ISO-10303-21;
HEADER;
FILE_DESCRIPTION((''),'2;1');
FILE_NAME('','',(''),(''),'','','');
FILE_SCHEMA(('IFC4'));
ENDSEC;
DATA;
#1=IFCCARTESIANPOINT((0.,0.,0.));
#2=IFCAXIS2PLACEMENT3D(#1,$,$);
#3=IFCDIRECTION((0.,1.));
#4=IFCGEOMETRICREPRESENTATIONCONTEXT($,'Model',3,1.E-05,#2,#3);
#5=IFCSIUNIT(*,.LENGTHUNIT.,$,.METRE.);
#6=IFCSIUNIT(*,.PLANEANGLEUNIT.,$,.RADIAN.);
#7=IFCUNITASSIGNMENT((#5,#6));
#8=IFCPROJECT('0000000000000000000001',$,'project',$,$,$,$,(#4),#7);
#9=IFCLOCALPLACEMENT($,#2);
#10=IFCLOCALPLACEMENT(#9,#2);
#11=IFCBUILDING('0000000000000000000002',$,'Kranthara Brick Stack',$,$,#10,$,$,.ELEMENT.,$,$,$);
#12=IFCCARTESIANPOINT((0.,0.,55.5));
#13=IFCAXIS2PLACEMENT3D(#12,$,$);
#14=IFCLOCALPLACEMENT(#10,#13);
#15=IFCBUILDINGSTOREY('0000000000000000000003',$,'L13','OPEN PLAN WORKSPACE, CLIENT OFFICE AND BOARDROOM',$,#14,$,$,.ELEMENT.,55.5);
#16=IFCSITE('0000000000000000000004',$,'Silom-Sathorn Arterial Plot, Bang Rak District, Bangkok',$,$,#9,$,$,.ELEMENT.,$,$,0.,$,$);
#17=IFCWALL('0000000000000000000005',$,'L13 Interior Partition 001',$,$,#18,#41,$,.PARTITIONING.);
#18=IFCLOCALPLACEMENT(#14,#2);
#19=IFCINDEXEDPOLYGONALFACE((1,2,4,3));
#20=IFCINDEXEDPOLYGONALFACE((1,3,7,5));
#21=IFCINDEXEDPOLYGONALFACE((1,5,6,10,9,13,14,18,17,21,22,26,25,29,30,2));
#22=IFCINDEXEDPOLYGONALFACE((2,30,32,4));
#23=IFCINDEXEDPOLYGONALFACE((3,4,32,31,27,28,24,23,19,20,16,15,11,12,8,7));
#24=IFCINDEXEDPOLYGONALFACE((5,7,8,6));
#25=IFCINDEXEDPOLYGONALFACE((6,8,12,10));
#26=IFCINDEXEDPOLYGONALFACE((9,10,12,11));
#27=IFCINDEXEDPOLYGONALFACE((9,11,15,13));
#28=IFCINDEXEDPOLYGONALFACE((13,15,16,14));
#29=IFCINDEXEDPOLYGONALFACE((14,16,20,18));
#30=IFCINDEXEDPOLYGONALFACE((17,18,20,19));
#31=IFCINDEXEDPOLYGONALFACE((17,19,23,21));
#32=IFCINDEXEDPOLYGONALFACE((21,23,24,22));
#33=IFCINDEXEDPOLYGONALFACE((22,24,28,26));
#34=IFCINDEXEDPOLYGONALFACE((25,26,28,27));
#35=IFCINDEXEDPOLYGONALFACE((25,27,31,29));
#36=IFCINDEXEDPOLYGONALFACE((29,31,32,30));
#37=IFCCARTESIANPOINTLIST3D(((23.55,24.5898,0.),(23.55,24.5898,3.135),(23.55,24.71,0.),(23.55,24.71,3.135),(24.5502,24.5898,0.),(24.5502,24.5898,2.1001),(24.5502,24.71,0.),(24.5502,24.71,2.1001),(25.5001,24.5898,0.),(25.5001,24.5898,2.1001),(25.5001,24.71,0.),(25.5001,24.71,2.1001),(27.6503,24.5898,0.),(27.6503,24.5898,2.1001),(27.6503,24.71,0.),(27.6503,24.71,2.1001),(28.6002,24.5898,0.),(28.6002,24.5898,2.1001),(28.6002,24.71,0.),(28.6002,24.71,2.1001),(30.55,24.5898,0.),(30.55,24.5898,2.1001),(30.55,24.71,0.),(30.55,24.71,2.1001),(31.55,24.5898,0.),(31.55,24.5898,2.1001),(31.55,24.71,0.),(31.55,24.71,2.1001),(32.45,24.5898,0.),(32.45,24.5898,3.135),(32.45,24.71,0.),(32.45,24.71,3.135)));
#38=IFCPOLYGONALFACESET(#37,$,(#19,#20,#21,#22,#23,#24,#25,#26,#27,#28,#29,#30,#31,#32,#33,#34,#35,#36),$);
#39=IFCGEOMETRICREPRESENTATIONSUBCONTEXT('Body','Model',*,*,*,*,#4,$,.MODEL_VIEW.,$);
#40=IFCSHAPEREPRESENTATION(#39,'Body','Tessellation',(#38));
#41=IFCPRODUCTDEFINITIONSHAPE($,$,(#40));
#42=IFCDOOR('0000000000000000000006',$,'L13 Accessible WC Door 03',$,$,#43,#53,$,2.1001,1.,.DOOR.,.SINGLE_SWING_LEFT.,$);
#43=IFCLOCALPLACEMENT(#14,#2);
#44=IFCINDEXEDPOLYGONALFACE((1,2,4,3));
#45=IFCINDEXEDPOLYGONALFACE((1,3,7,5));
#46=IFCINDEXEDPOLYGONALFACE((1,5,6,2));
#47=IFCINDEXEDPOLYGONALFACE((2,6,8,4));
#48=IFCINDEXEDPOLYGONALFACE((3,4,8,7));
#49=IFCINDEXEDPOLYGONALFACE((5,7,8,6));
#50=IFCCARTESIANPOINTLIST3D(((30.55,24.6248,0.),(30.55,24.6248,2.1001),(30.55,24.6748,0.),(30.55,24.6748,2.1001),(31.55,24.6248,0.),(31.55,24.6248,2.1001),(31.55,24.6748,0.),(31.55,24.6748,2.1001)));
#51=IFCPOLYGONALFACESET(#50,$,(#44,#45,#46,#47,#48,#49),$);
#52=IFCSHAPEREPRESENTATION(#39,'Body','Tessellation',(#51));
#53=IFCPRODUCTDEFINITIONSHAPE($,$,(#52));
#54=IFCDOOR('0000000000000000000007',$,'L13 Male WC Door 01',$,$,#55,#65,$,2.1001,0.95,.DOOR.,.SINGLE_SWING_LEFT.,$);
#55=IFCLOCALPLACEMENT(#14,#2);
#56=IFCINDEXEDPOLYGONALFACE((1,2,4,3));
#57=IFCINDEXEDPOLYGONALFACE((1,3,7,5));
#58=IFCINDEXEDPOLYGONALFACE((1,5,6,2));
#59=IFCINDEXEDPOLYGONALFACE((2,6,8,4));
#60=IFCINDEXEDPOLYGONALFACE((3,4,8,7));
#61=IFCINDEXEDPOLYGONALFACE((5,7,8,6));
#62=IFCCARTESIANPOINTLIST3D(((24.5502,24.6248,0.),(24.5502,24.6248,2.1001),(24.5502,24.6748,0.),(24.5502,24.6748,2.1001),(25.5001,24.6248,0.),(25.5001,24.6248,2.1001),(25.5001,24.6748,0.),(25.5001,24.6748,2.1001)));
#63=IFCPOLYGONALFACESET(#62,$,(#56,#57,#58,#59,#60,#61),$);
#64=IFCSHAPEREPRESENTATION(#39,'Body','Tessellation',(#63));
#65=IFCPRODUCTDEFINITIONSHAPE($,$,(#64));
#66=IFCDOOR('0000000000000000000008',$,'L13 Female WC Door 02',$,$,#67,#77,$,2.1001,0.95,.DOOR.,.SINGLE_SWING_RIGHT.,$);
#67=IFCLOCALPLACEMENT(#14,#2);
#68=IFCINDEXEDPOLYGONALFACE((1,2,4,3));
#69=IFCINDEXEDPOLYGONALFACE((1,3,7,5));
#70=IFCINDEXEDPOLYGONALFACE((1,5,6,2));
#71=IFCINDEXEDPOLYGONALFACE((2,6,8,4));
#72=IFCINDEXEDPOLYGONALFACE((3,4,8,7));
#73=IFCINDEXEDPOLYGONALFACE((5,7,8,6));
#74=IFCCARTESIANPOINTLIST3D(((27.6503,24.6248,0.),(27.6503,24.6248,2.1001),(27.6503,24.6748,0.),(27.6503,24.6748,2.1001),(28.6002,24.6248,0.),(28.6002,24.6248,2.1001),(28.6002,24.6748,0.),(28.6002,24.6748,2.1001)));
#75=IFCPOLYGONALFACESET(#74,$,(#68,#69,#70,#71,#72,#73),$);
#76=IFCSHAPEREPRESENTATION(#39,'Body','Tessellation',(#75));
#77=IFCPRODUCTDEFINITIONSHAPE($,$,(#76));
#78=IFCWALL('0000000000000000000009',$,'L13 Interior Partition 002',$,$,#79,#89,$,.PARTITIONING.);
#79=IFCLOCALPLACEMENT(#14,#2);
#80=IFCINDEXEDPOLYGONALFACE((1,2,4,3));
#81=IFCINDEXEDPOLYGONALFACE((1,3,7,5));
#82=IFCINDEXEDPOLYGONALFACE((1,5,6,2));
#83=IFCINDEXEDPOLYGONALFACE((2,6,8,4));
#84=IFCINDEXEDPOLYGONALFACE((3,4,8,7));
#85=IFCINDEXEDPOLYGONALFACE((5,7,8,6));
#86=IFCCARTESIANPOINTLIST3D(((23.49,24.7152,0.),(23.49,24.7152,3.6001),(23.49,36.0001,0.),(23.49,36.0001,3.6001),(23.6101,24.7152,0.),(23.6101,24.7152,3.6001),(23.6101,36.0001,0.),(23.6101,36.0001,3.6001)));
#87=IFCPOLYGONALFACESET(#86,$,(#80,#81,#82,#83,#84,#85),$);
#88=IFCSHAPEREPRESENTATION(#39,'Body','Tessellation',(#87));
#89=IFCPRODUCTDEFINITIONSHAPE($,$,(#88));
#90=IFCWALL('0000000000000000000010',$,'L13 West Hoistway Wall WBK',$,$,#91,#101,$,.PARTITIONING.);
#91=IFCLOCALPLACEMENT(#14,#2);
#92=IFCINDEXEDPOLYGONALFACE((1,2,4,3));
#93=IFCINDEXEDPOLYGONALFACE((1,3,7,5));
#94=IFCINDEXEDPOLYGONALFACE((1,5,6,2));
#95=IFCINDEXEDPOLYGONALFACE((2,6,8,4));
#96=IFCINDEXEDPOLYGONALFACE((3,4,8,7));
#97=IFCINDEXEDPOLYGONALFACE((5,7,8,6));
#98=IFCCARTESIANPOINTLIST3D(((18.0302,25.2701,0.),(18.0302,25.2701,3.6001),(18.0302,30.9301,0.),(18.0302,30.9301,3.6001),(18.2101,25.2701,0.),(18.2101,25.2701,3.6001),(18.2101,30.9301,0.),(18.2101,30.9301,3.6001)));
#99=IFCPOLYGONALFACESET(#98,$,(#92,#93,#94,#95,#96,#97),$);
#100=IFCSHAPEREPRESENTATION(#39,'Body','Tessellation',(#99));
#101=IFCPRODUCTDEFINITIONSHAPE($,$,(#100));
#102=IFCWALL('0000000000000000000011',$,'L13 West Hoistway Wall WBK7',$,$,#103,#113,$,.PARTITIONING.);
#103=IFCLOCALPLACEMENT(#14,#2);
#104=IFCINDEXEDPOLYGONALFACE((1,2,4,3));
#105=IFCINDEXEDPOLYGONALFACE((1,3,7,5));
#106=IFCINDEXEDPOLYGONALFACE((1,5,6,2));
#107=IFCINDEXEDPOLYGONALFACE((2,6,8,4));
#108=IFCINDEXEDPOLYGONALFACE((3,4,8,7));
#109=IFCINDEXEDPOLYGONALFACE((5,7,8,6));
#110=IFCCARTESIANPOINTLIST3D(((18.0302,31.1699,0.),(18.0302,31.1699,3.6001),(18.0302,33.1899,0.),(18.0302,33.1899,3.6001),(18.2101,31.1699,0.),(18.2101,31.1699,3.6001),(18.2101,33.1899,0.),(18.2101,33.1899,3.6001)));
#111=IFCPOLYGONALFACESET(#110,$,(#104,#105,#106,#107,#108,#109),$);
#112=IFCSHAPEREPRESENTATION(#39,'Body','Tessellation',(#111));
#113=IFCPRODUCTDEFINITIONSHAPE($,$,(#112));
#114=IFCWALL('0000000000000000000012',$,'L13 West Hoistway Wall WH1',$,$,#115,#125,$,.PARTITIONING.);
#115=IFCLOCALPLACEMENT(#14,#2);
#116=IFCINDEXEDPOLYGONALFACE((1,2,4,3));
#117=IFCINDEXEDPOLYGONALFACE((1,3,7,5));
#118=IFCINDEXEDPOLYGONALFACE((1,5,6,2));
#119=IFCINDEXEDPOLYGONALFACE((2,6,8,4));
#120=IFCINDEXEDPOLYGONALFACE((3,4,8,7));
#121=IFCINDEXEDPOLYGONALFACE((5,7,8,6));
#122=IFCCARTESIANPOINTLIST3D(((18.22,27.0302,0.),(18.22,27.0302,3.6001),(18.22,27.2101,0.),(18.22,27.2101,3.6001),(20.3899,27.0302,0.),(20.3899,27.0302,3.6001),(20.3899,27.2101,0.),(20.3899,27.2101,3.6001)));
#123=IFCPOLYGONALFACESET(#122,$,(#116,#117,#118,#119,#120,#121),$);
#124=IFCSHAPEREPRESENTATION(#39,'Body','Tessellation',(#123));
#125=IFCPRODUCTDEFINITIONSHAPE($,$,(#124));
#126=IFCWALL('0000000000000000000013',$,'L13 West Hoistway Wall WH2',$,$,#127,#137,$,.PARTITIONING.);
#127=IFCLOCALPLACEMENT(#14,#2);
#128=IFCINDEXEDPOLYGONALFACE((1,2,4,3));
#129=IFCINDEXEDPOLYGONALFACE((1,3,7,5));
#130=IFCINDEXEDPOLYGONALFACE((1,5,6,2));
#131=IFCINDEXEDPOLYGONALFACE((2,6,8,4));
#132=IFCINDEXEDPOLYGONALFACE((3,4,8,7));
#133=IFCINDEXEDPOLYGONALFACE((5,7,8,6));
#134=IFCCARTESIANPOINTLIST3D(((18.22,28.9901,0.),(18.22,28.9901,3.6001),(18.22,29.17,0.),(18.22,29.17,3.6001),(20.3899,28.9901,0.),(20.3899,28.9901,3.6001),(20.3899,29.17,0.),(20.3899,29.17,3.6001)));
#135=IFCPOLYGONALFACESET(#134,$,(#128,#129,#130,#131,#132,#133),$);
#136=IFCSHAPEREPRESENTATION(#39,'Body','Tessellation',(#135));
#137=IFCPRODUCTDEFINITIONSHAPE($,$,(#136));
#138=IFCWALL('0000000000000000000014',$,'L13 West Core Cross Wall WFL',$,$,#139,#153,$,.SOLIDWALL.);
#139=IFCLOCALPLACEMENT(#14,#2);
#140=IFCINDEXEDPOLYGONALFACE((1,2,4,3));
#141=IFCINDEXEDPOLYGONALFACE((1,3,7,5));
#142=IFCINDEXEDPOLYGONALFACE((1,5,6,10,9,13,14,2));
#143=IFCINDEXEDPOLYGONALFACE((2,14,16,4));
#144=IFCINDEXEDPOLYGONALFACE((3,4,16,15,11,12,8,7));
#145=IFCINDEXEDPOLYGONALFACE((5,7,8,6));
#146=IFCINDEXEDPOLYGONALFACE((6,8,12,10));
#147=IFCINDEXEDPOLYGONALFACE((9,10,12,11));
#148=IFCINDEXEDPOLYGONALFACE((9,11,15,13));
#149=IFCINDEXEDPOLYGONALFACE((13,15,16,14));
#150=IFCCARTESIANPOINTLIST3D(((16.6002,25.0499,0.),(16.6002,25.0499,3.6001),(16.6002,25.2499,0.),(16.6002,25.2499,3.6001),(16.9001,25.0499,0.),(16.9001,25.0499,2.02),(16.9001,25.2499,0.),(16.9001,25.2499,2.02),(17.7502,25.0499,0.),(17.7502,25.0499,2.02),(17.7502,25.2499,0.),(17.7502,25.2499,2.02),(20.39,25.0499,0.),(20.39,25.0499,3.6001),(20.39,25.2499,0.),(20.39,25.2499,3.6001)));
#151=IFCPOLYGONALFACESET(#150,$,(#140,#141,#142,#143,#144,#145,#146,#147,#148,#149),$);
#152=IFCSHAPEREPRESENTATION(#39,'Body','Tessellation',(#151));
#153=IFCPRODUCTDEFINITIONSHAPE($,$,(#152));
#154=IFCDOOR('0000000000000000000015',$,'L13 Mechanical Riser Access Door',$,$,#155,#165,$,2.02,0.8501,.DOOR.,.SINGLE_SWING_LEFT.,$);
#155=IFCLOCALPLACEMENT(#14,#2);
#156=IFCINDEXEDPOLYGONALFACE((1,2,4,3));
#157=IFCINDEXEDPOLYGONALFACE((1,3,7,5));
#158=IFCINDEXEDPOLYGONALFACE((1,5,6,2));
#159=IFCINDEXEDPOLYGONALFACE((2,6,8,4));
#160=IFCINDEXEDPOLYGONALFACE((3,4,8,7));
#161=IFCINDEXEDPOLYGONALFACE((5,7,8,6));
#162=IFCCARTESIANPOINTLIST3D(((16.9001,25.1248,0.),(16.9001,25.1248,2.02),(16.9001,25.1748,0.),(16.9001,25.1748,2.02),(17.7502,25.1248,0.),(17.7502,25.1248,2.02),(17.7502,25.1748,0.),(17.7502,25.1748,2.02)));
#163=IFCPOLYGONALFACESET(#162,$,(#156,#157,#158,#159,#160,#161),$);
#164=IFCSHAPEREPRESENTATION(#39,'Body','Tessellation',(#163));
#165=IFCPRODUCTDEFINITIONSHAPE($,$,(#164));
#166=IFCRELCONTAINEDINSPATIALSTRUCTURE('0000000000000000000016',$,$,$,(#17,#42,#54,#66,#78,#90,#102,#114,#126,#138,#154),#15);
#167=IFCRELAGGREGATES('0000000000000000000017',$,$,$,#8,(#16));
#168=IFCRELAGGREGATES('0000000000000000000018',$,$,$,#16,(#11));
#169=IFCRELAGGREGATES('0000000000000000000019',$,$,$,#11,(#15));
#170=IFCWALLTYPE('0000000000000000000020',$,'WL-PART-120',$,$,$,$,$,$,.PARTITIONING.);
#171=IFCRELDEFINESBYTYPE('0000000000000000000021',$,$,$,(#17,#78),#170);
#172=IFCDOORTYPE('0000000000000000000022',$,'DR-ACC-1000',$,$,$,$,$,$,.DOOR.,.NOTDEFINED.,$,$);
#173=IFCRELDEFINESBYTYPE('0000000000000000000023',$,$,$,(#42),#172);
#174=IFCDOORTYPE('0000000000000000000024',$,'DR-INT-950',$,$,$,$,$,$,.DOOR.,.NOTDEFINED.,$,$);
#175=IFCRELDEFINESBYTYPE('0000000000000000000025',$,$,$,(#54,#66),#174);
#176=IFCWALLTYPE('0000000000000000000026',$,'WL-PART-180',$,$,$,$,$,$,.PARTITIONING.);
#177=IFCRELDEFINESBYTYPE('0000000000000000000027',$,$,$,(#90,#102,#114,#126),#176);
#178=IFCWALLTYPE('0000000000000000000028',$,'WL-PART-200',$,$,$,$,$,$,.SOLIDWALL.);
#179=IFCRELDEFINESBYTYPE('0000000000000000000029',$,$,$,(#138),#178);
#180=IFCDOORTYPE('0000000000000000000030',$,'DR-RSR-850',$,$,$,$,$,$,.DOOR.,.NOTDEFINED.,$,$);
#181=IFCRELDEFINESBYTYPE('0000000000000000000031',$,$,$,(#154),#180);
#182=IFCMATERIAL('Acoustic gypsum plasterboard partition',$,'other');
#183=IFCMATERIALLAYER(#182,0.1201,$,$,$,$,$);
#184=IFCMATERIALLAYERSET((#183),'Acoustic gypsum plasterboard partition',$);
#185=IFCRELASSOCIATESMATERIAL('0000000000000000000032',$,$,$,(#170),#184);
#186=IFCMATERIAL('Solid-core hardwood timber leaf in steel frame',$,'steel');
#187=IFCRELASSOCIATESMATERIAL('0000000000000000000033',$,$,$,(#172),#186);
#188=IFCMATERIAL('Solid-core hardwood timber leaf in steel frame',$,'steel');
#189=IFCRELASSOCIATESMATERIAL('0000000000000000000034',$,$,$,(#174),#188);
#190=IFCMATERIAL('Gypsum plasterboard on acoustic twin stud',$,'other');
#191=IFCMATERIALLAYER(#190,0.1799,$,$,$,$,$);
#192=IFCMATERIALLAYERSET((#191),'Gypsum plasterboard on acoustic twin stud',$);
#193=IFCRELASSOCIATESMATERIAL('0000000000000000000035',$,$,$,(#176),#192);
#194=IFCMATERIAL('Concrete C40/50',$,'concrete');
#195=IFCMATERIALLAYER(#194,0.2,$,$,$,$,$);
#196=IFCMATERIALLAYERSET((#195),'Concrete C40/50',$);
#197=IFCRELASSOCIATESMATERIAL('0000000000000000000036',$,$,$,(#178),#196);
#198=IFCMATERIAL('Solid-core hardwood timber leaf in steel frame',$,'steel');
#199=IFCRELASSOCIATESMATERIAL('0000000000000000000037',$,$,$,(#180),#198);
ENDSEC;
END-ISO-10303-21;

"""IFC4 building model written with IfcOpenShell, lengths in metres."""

from ifc_helpers import new_model, si_unit, direction, frame, frame_2d, origin, place, context, subcontext, project, spatial, rectangle, extrude, material, layer, layer_set, type_object, element, fill, save


model = new_model("IFC4")

# Units and contexts
model_context = context("Model", 3, precision=1e-05, world=origin(), true_north=direction((0.0, 1.0)))
body_context = subcontext(model_context, "Body", "Model", "MODEL_VIEW")
ifc_project = project(units=[si_unit("LENGTHUNIT", "METRE"), si_unit("PLANEANGLEUNIT", "RADIAN")], contexts=[model_context])

# Site, building, storey
site_placement = place(None, origin())
site = spatial("IfcSite", under=ifc_project, at=site_placement, Name="Silom-Sathorn Arterial Plot, Bang Rak District, Bangkok", CompositionType="ELEMENT", RefElevation=0.0)
building_placement = place(site_placement, origin())
building = spatial("IfcBuilding", under=site, at=building_placement, Name="Kranthara Brick Stack", CompositionType="ELEMENT")
storey_placement = place(building_placement, frame((0.0, 0.0, 55.5)))
storey = spatial("IfcBuildingStorey", under=building, at=storey_placement, Name="L13", Description="OPEN PLAN WORKSPACE, CLIENT OFFICE AND BOARDROOM", CompositionType="ELEMENT", Elevation=55.5)

# Wall, openings, doors
ifc_material_1 = material(Name="Acoustic gypsum plasterboard partition", Category="other")
ifc_layer_1 = layer(ifc_material_1, 0.1201)
ifc_layer_set_1 = layer_set([ifc_layer_1], Name="Acoustic gypsum plasterboard partition")
wall_type_1 = type_object("IfcWallType", Name="WL-PART-120", PredefinedType="PARTITIONING", material=ifc_layer_set_1)
wall_1_placement = place(storey_placement, frame((23.55, 24.6499, 0.0), z_axis=(0.0, 0.0, 1.0), x_axis=(1.0, 0.0, 0.0)))
wall_1 = element("IfcWall", 1, at=wall_1_placement, inside=storey, type_object=wall_type_1, Name="L13 Interior Partition 001", PredefinedType="PARTITIONING", context=body_context, shape_type="SweptSolid", body=[
    extrude(rectangle(XDim=8.8999, YDim=0.1201, at=frame_2d((4.45, 0.0))), origin(), (0.0, 0.0, 1.0), 3.135),
])
opening_1_placement = place(wall_1_placement, frame((1.0, 0.0, 0.0)))
opening_1 = element("IfcOpeningElement", 2, at=opening_1_placement, cuts=wall_1, PredefinedType="OPENING", context=body_context, shape_type="SweptSolid", body=[
    extrude(rectangle(XDim=0.95, YDim=2.1001, at=frame_2d((0.4751, 1.05))), frame((0.0, 0.0701, 0.0), z_axis=(0.0, -1.0, 0.0), x_axis=(1.0, 0.0, 0.0)), (0.0, 0.0, 1.0), 0.1401),
])
opening_2_placement = place(wall_1_placement, frame((4.1001, 0.0, 0.0)))
opening_2 = element("IfcOpeningElement", 3, at=opening_2_placement, cuts=wall_1, PredefinedType="OPENING", context=body_context, shape_type="SweptSolid", body=[
    extrude(rectangle(XDim=0.95, YDim=2.1001, at=frame_2d((0.4751, 1.05))), frame((0.0, 0.0701, 0.0), z_axis=(0.0, -1.0, 0.0), x_axis=(1.0, 0.0, 0.0)), (0.0, 0.0, 1.0), 0.1401),
])
opening_3_placement = place(wall_1_placement, frame((7.0, 0.0, 0.0)))
opening_3 = element("IfcOpeningElement", 4, at=opening_3_placement, cuts=wall_1, PredefinedType="OPENING", context=body_context, shape_type="SweptSolid", body=[
    extrude(rectangle(XDim=1.0, YDim=2.1001, at=frame_2d((0.5, 1.05))), frame((0.0, 0.0701, 0.0), z_axis=(0.0, -1.0, 0.0), x_axis=(1.0, 0.0, 0.0)), (0.0, 0.0, 1.0), 0.1401),
])
ifc_material_2 = material(Name="Solid-core hardwood timber leaf in steel frame", Category="steel")
door_type_1 = type_object("IfcDoorType", Name="DR-ACC-1000", OperationType="NOTDEFINED", PredefinedType="DOOR", material=ifc_material_2)
door_1_placement = place(opening_3_placement, origin())
door_1 = element("IfcDoor", 5, at=door_1_placement, inside=storey, type_object=door_type_1, Name="L13 Accessible WC Door 03", OperationType="SINGLE_SWING_LEFT", OverallHeight=2.1001, OverallWidth=1.0, PredefinedType="DOOR", context=body_context, shape_type="SweptSolid", body=[
    extrude(rectangle(XDim=1.0, YDim=2.1001, at=frame_2d((0.5, 1.05))), frame((0.0, 0.0249, 0.0), z_axis=(0.0, -1.0, 0.0), x_axis=(1.0, 0.0, 0.0)), (0.0, 0.0, 1.0), 0.05),
])
fill(opening_3, door_1)
ifc_material_3 = material(Name="Solid-core hardwood timber leaf in steel frame", Category="steel")
door_type_2 = type_object("IfcDoorType", Name="DR-INT-950", OperationType="NOTDEFINED", PredefinedType="DOOR", material=ifc_material_3)
door_2_placement = place(opening_1_placement, origin())
door_2 = element("IfcDoor", 6, at=door_2_placement, inside=storey, type_object=door_type_2, Name="L13 Male WC Door 01", OperationType="SINGLE_SWING_LEFT", OverallHeight=2.1001, OverallWidth=0.95, PredefinedType="DOOR", context=body_context, shape_type="SweptSolid", body=[
    extrude(rectangle(XDim=0.95, YDim=2.1001, at=frame_2d((0.4751, 1.05))), frame((0.0, 0.0249, 0.0), z_axis=(0.0, -1.0, 0.0), x_axis=(1.0, 0.0, 0.0)), (0.0, 0.0, 1.0), 0.05),
])
fill(opening_1, door_2)
door_3_placement = place(opening_2_placement, origin())
door_3 = element("IfcDoor", 7, at=door_3_placement, inside=storey, type_object=door_type_2, Name="L13 Female WC Door 02", OperationType="SINGLE_SWING_RIGHT", OverallHeight=2.1001, OverallWidth=0.95, PredefinedType="DOOR", context=body_context, shape_type="SweptSolid", body=[
    extrude(rectangle(XDim=0.95, YDim=2.1001, at=frame_2d((0.4751, 1.05))), frame((0.0, 0.0249, 0.0), z_axis=(0.0, -1.0, 0.0), x_axis=(1.0, 0.0, 0.0)), (0.0, 0.0, 1.0), 0.05),
])
fill(opening_2, door_3)

# Walls
wall_2_placement = place(storey_placement, frame((23.55, 24.7151, 0.0), z_axis=(0.0, 0.0, 1.0), x_axis=(0.0, 1.0, 0.0)))
element("IfcWall", 8, at=wall_2_placement, inside=storey, type_object=wall_type_1, Name="L13 Interior Partition 002", PredefinedType="PARTITIONING", context=body_context, shape_type="SweptSolid", body=[
    extrude(rectangle(XDim=11.2849, YDim=0.1201, at=frame_2d((5.6426, 0.0))), origin(), (0.0, 0.0, 1.0), 3.6001),
])
ifc_material_4 = material(Name="Gypsum plasterboard on acoustic twin stud", Category="other")
ifc_layer_2 = layer(ifc_material_4, 0.1799)
ifc_layer_set_2 = layer_set([ifc_layer_2], Name="Gypsum plasterboard on acoustic twin stud")
wall_type_2 = type_object("IfcWallType", Name="WL-PART-180", PredefinedType="PARTITIONING", material=ifc_layer_set_2)
wall_3_placement = place(storey_placement, frame((18.1201, 25.27, 0.0), z_axis=(0.0, 0.0, 1.0), x_axis=(0.0, 1.0, 0.0)))
element("IfcWall", 9, at=wall_3_placement, inside=storey, type_object=wall_type_2, Name="L13 West Hoistway Wall WBK", PredefinedType="PARTITIONING", context=body_context, shape_type="SweptSolid", body=[
    extrude(rectangle(XDim=5.6599, YDim=0.1799, at=frame_2d((2.8301, 0.0))), origin(), (0.0, 0.0, 1.0), 3.6001),
])
wall_4_placement = place(storey_placement, frame((18.1201, 31.1699, 0.0), z_axis=(0.0, 0.0, 1.0), x_axis=(0.0, 1.0, 0.0)))
element("IfcWall", 10, at=wall_4_placement, inside=storey, type_object=wall_type_2, Name="L13 West Hoistway Wall WBK7", PredefinedType="PARTITIONING", context=body_context, shape_type="SweptSolid", body=[
    extrude(rectangle(XDim=2.02, YDim=0.1799, at=frame_2d((1.01, 0.0))), origin(), (0.0, 0.0, 1.0), 3.6001),
])
for number, where, z_axis, x_axis, name in (
    (11, (18.22, 27.1201, 0.0), (0.0, 0.0, 1.0), (1.0, 0.0, 0.0), "L13 West Hoistway Wall WH1"),
    (12, (18.22, 29.0801, 0.0), (0.0, 0.0, 1.0), (1.0, 0.0, 0.0), "L13 West Hoistway Wall WH2"),
):
    element("IfcWall", number, at=place(storey_placement, frame(where, z_axis=z_axis, x_axis=x_axis)), inside=storey, type_object=wall_type_2, Name=name, PredefinedType="PARTITIONING", context=body_context, shape_type="SweptSolid", body=[
        extrude(rectangle(XDim=2.1699, YDim=0.1799, at=frame_2d((1.085, 0.0))), origin(), (0.0, 0.0, 1.0), 3.6001),
    ])

# Wall, opening, door
ifc_material_5 = material(Name="Concrete C40/50", Category="concrete")
ifc_layer_3 = layer(ifc_material_5, 0.2)
ifc_layer_set_3 = layer_set([ifc_layer_3], Name="Concrete C40/50")
wall_type_3 = type_object("IfcWallType", Name="WL-PART-200", PredefinedType="SOLIDWALL", material=ifc_layer_set_3)
wall_5_placement = place(storey_placement, frame((16.6001, 25.1499, 0.0), z_axis=(0.0, 0.0, 1.0), x_axis=(1.0, 0.0, 0.0)))
wall_5 = element("IfcWall", 13, at=wall_5_placement, inside=storey, type_object=wall_type_3, Name="L13 West Core Cross Wall WFL", PredefinedType="SOLIDWALL", context=body_context, shape_type="SweptSolid", body=[
    extrude(rectangle(XDim=3.7898, YDim=0.2, at=frame_2d((1.895, 0.0))), origin(), (0.0, 0.0, 1.0), 3.6001),
])
opening_4_placement = place(wall_5_placement, frame((0.3, 0.0, 0.0)))
opening_4 = element("IfcOpeningElement", 14, at=opening_4_placement, cuts=wall_5, PredefinedType="OPENING", context=body_context, shape_type="SweptSolid", body=[
    extrude(rectangle(XDim=0.8501, YDim=2.02, at=frame_2d((0.425, 1.01))), frame((0.0, 0.1099, 0.0), z_axis=(0.0, -1.0, 0.0), x_axis=(1.0, 0.0, 0.0)), (0.0, 0.0, 1.0), 0.22),
])
ifc_material_6 = material(Name="Solid-core hardwood timber leaf in steel frame", Category="steel")
door_type_3 = type_object("IfcDoorType", Name="DR-RSR-850", OperationType="NOTDEFINED", PredefinedType="DOOR", material=ifc_material_6)
door_4_placement = place(opening_4_placement, origin())
door_4 = element("IfcDoor", 15, at=door_4_placement, inside=storey, type_object=door_type_3, Name="L13 Mechanical Riser Access Door", OperationType="SINGLE_SWING_LEFT", OverallHeight=2.02, OverallWidth=0.8501, PredefinedType="DOOR", context=body_context, shape_type="SweptSolid", body=[
    extrude(rectangle(XDim=0.8501, YDim=2.02, at=frame_2d((0.425, 1.01))), frame((0.0, 0.0249, 0.0), z_axis=(0.0, -1.0, 0.0), x_axis=(1.0, 0.0, 0.0)), (0.0, 0.0, 1.0), 0.05),
])
fill(opening_4, door_4)

save(model, "model.ifc")
